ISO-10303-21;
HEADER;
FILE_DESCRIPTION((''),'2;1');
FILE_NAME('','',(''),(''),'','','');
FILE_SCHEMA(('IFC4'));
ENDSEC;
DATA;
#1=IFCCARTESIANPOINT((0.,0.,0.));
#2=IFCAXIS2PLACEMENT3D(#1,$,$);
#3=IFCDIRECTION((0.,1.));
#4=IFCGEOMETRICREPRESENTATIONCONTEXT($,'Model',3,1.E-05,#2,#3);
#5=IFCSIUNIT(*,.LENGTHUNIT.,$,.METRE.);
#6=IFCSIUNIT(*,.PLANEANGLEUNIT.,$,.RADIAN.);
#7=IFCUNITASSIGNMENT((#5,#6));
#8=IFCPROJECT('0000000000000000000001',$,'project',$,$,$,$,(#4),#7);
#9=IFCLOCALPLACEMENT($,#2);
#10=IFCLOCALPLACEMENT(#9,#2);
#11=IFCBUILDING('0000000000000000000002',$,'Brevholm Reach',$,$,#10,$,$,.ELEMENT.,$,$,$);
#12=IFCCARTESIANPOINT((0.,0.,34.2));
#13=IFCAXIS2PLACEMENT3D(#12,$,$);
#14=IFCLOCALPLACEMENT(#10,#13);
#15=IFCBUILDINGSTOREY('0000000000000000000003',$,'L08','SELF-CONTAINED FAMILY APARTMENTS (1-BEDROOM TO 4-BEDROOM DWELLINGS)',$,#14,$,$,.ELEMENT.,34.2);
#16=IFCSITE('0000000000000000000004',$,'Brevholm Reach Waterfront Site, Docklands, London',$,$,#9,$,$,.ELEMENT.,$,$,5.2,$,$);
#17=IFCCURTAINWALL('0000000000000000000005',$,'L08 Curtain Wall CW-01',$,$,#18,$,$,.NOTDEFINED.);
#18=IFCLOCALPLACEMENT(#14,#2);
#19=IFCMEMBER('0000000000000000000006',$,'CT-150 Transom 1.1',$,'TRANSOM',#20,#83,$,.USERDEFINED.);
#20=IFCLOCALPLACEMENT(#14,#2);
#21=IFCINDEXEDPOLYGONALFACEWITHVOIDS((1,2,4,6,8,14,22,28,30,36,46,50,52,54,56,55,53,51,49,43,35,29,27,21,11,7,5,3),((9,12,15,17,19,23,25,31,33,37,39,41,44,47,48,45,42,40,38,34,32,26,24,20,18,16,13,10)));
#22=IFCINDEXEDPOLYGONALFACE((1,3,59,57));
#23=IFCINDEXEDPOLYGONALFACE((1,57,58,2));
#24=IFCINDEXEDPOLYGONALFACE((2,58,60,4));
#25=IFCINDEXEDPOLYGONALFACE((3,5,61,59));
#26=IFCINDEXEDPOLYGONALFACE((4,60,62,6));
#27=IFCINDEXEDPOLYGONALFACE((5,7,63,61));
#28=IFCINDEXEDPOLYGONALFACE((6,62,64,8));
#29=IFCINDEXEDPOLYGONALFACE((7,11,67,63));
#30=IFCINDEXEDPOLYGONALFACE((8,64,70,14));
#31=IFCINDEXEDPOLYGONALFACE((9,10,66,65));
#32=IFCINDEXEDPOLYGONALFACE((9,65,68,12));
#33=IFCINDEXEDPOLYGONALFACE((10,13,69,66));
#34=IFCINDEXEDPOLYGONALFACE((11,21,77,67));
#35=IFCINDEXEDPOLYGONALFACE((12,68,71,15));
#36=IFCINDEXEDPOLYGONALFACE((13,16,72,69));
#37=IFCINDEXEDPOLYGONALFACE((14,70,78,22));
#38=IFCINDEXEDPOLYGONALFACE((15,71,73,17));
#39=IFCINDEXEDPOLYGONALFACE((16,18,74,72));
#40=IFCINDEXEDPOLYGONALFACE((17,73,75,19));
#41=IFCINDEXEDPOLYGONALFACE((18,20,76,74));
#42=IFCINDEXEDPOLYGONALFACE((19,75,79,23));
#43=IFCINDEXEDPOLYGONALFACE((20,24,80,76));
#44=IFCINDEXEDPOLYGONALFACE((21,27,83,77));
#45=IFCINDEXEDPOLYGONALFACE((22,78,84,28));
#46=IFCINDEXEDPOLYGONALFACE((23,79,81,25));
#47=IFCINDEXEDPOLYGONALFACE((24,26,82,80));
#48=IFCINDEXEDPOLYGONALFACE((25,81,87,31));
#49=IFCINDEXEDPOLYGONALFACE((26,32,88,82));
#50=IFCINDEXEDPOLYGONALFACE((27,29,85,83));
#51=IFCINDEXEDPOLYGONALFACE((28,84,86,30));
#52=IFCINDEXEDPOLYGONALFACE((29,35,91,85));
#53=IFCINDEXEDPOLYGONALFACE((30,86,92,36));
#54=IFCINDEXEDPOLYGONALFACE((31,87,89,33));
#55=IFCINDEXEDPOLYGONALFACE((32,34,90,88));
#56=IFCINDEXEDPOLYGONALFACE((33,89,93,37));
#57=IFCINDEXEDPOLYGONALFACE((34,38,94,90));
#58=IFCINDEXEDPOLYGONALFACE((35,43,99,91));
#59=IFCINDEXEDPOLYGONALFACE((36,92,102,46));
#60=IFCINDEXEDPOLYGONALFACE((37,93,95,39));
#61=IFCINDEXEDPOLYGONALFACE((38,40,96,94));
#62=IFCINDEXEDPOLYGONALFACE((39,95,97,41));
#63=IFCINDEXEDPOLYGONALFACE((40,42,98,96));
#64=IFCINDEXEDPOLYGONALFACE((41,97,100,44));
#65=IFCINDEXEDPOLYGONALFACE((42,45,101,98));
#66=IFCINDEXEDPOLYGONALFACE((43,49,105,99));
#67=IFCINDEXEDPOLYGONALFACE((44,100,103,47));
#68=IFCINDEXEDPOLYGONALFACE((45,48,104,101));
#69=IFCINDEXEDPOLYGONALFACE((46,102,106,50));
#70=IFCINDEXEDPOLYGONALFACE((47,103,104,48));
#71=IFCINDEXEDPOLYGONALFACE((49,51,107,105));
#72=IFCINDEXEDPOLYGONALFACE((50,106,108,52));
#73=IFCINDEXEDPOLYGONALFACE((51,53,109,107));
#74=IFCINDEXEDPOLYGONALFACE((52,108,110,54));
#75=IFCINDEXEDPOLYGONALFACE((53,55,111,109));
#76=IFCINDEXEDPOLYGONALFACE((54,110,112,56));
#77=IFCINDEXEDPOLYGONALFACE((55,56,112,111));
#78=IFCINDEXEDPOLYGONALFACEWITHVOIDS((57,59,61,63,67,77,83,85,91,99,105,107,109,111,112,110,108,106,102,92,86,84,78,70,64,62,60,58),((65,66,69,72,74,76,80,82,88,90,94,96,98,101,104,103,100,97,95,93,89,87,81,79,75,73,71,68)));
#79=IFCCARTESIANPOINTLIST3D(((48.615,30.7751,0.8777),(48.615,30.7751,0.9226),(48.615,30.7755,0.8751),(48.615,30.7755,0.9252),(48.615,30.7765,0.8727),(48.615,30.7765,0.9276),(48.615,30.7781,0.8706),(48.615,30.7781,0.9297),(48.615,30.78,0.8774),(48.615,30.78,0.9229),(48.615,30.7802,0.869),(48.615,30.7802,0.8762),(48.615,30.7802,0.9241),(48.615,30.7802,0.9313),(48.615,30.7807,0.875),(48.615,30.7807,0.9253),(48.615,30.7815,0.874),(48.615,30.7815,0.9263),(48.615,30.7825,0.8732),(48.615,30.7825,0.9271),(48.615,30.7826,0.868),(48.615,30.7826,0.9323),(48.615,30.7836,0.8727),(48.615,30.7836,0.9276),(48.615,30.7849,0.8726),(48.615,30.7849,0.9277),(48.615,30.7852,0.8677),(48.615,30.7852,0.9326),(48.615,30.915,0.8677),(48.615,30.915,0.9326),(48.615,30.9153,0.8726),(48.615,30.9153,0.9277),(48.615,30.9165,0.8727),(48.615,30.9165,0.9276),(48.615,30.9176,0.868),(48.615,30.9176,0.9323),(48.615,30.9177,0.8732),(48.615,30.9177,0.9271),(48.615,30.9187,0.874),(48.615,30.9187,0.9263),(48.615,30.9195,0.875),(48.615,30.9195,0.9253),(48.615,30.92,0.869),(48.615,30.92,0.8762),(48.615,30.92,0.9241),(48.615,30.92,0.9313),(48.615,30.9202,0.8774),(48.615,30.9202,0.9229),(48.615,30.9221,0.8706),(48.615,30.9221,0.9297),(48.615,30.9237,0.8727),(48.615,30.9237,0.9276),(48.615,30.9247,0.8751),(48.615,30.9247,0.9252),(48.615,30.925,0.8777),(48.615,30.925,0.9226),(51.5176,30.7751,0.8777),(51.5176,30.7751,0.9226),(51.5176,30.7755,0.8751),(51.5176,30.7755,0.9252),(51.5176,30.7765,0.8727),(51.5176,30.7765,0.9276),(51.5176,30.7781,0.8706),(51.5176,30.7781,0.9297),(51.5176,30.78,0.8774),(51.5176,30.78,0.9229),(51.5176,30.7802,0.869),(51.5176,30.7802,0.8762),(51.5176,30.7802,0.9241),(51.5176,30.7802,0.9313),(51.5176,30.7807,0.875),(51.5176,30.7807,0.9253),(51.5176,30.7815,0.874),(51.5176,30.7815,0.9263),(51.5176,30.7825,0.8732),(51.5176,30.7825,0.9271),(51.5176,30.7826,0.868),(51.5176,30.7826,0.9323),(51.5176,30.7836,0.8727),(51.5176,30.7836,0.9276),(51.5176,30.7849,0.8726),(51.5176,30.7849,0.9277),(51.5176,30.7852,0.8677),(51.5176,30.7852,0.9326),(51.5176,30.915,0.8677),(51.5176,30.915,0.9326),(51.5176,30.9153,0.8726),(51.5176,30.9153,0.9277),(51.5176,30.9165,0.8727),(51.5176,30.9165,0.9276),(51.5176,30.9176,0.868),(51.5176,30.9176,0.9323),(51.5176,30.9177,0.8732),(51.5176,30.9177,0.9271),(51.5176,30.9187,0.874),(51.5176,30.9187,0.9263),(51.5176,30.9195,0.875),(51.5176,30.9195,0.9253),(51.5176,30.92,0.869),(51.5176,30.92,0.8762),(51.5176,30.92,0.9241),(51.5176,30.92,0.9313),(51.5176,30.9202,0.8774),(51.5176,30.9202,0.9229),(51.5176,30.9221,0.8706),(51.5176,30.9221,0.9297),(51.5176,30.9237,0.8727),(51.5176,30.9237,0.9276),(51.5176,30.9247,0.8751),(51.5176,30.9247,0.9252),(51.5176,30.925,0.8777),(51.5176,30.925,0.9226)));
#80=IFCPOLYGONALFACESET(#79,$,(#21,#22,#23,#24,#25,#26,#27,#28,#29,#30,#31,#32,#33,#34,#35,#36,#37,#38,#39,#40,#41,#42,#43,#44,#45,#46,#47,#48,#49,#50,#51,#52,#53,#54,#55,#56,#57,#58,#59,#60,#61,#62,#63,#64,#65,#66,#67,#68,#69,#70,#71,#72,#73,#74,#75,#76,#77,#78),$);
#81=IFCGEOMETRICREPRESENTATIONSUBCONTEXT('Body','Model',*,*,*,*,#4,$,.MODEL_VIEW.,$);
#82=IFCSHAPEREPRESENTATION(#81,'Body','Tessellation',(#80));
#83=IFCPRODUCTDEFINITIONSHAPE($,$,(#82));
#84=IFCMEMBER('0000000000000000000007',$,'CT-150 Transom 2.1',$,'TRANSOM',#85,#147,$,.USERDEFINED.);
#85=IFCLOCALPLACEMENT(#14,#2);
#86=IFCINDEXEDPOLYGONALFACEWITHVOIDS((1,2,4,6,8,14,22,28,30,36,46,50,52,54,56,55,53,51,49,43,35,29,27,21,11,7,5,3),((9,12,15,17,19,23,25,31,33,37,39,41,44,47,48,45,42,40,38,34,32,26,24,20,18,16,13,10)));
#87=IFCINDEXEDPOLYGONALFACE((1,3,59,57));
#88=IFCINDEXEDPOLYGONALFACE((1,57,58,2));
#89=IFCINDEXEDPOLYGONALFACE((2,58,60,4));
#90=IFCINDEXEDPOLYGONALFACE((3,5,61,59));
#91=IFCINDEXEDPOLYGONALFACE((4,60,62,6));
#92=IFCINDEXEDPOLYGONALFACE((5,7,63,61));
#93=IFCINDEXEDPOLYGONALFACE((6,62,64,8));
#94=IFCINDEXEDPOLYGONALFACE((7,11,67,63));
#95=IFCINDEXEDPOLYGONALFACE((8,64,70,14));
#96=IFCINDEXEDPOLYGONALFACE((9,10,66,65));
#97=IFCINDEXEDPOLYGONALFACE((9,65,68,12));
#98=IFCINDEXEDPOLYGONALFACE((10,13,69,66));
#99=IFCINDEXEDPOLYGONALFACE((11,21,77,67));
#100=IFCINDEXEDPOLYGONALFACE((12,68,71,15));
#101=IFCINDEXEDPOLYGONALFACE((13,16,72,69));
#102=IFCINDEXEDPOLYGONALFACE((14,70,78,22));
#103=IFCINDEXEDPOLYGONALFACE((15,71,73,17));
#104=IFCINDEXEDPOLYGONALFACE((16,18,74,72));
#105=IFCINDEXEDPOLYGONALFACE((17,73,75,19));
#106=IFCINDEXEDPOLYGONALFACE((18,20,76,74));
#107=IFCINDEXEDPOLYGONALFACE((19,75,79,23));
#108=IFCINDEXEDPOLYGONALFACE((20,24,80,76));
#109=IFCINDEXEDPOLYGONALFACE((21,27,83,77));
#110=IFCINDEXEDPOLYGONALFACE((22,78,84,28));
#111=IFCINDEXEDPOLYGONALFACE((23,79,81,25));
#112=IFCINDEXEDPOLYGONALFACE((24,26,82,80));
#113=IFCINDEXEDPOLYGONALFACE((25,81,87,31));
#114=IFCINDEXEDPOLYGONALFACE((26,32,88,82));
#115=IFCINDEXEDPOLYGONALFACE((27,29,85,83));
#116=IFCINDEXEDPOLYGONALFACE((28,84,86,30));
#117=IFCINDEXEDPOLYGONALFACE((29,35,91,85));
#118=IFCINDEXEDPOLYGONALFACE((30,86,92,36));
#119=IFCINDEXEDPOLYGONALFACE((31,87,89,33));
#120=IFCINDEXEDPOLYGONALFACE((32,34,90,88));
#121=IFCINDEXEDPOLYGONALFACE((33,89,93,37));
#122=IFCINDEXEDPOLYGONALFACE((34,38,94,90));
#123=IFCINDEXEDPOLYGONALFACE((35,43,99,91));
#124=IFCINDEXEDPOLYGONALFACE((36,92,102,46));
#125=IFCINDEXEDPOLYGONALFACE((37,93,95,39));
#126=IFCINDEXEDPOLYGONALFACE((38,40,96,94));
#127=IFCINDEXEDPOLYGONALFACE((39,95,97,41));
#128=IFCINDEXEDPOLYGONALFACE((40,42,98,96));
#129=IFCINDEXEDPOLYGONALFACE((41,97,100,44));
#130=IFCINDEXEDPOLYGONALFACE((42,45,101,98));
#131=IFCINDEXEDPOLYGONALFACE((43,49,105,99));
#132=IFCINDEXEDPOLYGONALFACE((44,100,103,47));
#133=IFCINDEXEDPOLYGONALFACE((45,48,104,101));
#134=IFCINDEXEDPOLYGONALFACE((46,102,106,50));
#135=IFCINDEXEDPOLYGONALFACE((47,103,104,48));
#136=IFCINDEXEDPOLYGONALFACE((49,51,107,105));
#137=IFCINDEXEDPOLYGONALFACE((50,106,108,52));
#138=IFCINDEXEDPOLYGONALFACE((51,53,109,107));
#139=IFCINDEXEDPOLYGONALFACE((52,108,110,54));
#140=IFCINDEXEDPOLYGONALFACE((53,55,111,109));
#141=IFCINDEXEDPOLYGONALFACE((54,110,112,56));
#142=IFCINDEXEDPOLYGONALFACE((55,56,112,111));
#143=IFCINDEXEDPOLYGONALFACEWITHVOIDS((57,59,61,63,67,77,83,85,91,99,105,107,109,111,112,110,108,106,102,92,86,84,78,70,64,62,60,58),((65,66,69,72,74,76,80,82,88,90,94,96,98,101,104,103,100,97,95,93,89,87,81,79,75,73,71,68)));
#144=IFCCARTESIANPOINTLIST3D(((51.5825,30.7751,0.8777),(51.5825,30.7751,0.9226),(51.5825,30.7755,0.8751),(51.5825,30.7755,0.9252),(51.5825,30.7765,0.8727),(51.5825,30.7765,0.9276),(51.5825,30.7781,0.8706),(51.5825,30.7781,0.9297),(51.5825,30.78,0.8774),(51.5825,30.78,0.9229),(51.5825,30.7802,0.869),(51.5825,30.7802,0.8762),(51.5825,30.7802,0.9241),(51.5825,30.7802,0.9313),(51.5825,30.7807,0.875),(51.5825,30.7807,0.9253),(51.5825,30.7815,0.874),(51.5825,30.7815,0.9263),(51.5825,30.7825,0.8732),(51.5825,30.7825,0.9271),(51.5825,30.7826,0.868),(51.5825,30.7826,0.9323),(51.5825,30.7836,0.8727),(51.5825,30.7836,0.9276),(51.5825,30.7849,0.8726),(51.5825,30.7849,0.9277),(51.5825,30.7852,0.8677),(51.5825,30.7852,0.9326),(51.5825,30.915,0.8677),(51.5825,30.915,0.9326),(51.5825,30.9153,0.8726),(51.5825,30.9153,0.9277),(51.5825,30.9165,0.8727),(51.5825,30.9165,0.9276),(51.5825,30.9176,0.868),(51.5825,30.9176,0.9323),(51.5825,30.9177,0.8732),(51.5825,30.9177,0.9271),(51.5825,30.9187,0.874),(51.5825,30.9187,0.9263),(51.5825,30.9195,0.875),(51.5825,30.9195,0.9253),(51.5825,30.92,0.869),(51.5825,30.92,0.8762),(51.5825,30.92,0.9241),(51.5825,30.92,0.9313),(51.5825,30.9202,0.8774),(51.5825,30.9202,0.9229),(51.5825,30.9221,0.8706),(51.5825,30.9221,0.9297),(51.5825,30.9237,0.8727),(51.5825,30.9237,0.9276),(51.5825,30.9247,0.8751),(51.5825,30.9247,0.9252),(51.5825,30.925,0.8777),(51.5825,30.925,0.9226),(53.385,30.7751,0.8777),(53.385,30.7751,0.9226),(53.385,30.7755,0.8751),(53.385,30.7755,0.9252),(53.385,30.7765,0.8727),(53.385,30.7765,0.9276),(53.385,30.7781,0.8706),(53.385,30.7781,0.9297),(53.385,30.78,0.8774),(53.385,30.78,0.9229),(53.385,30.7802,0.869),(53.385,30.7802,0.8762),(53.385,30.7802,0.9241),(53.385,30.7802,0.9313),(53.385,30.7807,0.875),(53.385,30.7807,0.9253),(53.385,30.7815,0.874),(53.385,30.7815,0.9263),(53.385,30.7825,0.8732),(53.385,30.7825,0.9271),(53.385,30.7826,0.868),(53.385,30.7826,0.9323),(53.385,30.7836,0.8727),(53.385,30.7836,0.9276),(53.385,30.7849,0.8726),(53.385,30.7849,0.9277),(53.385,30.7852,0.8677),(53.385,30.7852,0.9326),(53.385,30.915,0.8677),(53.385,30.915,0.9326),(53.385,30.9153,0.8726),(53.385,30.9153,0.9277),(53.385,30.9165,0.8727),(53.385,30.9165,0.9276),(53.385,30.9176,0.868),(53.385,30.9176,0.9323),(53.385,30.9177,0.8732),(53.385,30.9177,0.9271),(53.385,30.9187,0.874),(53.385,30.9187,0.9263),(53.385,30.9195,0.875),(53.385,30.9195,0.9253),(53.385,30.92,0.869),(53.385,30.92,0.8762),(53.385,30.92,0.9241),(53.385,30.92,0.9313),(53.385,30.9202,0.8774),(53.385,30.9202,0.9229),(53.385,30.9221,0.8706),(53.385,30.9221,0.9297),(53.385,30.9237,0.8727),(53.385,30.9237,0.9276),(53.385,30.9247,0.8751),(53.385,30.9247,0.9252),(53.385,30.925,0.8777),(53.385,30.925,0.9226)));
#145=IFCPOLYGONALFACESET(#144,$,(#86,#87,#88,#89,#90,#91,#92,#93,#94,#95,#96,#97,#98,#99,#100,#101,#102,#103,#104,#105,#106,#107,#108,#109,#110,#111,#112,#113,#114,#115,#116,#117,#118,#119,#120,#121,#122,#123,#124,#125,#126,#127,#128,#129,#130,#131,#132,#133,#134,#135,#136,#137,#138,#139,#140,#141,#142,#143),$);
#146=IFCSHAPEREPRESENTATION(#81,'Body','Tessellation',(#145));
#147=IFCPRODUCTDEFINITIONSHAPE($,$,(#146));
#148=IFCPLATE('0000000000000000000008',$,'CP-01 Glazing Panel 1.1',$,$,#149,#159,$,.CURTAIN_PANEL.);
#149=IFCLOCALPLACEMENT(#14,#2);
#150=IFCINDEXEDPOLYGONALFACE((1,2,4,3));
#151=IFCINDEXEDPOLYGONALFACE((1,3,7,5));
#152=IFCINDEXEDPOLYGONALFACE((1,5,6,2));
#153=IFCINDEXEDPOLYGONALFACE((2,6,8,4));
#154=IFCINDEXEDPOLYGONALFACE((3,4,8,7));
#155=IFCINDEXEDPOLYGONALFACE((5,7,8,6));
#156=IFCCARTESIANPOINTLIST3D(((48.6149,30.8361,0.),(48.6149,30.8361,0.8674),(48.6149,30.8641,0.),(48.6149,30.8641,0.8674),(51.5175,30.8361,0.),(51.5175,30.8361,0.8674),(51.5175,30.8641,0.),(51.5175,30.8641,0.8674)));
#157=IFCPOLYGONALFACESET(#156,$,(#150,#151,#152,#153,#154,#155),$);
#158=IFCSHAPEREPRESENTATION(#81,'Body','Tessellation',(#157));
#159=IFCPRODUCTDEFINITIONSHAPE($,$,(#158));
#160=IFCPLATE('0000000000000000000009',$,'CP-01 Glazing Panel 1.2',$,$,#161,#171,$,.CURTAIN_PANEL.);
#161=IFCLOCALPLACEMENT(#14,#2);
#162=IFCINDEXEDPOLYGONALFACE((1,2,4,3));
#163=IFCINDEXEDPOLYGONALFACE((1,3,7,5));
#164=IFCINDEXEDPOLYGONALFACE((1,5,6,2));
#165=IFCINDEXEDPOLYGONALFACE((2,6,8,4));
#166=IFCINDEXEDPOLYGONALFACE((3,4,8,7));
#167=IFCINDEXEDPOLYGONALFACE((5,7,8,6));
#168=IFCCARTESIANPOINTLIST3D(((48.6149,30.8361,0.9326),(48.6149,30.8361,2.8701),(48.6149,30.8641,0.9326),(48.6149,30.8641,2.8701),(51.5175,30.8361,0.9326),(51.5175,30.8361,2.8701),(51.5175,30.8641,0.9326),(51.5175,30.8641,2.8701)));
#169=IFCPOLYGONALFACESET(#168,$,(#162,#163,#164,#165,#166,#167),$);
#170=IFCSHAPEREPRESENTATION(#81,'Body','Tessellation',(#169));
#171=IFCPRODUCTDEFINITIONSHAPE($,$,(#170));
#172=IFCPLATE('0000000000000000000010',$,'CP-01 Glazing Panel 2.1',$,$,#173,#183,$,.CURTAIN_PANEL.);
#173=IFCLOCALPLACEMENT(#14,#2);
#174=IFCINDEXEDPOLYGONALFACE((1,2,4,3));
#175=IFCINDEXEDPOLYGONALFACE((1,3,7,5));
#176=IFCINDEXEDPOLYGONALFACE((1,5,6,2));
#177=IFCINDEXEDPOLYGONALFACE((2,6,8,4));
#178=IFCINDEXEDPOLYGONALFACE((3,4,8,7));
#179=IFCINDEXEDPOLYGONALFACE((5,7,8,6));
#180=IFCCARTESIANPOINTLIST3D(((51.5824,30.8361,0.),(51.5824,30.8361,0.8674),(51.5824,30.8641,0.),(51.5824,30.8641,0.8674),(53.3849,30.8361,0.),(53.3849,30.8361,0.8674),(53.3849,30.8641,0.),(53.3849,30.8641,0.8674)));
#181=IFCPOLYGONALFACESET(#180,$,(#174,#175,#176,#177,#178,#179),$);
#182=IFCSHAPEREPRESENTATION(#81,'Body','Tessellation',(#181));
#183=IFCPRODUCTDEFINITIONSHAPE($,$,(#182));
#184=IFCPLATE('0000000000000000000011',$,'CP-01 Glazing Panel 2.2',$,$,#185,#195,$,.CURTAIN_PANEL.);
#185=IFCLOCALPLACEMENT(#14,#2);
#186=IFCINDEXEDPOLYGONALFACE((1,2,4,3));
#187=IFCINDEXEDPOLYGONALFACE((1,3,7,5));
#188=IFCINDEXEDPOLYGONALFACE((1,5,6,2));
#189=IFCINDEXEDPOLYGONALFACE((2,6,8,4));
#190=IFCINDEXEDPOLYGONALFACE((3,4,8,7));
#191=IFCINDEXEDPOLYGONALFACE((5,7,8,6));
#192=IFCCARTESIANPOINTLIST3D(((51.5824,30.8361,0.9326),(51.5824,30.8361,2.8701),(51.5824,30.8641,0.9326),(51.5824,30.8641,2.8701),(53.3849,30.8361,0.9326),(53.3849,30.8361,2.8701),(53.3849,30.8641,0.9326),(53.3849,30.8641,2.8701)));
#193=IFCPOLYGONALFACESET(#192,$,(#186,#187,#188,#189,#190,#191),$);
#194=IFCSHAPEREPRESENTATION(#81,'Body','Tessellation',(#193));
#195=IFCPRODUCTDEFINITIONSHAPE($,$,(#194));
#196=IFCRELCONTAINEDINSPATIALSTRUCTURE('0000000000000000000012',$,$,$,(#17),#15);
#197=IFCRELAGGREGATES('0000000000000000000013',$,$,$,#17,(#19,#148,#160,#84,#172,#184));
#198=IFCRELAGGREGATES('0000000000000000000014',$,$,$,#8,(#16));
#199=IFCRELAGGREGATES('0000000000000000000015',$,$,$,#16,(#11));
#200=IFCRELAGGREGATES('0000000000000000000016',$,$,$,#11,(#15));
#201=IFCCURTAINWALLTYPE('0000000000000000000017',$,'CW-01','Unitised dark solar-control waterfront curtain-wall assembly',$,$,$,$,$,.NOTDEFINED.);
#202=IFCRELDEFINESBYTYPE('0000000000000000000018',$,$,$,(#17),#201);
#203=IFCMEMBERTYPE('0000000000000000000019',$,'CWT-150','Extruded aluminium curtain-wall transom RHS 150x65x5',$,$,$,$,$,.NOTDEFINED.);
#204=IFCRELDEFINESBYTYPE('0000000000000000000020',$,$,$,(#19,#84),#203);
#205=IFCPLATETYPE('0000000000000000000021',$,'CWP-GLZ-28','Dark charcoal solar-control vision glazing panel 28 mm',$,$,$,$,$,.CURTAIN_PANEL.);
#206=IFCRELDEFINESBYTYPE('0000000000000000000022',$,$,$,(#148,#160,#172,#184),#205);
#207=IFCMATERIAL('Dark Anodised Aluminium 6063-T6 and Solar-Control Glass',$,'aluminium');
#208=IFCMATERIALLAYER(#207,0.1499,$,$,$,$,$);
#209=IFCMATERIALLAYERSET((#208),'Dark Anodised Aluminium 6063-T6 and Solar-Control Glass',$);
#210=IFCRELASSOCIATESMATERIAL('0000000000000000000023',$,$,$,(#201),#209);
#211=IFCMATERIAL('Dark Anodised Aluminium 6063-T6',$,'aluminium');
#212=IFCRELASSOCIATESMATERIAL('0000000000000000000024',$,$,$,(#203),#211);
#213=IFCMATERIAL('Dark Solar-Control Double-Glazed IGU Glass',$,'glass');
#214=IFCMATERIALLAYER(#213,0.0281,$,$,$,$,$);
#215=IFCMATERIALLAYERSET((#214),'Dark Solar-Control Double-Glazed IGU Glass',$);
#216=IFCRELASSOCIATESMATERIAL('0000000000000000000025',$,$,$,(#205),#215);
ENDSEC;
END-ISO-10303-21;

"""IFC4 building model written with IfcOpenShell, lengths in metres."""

from ifc_helpers import new_model, si_unit, direction, frame, origin, origin_2d, place, context, subcontext, project, spatial, rectangle, hollow_rectangle, extrude, material, layer, layer_set, material_profile, profile_set, type_object, element, aggregate, save


model = new_model("IFC4")

# Units and contexts
model_context = context("Model", 3, precision=1e-05, world=origin(), true_north=direction((0.0, 1.0)))
body_context = subcontext(model_context, "Body", "Model", "MODEL_VIEW")
ifc_project = project(units=[si_unit("LENGTHUNIT", "METRE"), si_unit("PLANEANGLEUNIT", "RADIAN")], contexts=[model_context])

# Site, building, storey
site_placement = place(None, origin())
site = spatial("IfcSite", under=ifc_project, at=site_placement, Name="Brevholm Reach Waterfront Site, Docklands, London", CompositionType="ELEMENT", RefElevation=5.2)
building_placement = place(site_placement, origin())
building = spatial("IfcBuilding", under=site, at=building_placement, Name="Brevholm Reach", CompositionType="ELEMENT")
storey_placement = place(building_placement, frame((0.0, 0.0, 34.2)))
storey = spatial("IfcBuildingStorey", under=building, at=storey_placement, Name="L08", Description="SELF-CONTAINED FAMILY APARTMENTS (1-BEDROOM TO 4-BEDROOM DWELLINGS)", CompositionType="ELEMENT", Elevation=34.2)

# Curtain wall, members, plates
ifc_material_1 = material(Name="Dark Anodised Aluminium 6063-T6 and Solar-Control Glass", Category="aluminium")
ifc_layer_1 = layer(ifc_material_1, 0.1499)
ifc_layer_set_1 = layer_set([ifc_layer_1], Name="Dark Anodised Aluminium 6063-T6 and Solar-Control Glass")
curtain_wall_type = type_object("IfcCurtainWallType", Name="CW-01", Description="Unitised dark solar-control waterfront curtain-wall assembly", PredefinedType="NOTDEFINED", material=ifc_layer_set_1)
curtain_wall_placement = place(storey_placement, origin())
curtain_wall = element("IfcCurtainWall", 1, at=curtain_wall_placement, inside=storey, type_object=curtain_wall_type, Name="L08 Curtain Wall CW-01", PredefinedType="NOTDEFINED")
ifc_material_2 = material(Name="Dark Anodised Aluminium 6063-T6", Category="aluminium")
ifc_material_profile_1 = material_profile(ifc_material_2, hollow_rectangle(XDim=0.0649, YDim=0.1499, WallThickness=0.0049, InnerFilletRadius=0.0049, OuterFilletRadius=0.01, at=origin_2d()), Name="RHS 150x65x5")
ifc_profile_set_1 = profile_set([ifc_material_profile_1], Name="Dark Anodised Aluminium 6063-T6")
member_type_1 = type_object("IfcMemberType", Name="CWT-150", Description="Extruded aluminium curtain-wall transom RHS 150x65x5", PredefinedType="NOTDEFINED", material=ifc_profile_set_1)
member_1_placement = place(storey_placement, frame((48.615, 30.8501, 0.9001), z_axis=(1.0, 0.0, 0.0), x_axis=(0.0, 0.0, 1.0)))
member_1 = element("IfcMember", 2, at=member_1_placement, type_object=member_type_1, Name="CT-150 Transom 1.1", ObjectType="TRANSOM", PredefinedType="USERDEFINED", context=body_context, shape_type="SweptSolid", body=[
    extrude(hollow_rectangle(XDim=0.0649, YDim=0.1499, WallThickness=0.0049, InnerFilletRadius=0.0049, OuterFilletRadius=0.01, at=origin_2d()), origin(), (0.0, 0.0, 1.0), 2.9026),
])
member_2_placement = place(storey_placement, frame((51.5825, 30.8501, 0.9001), z_axis=(1.0, 0.0, 0.0), x_axis=(0.0, 0.0, 1.0)))
member_2 = element("IfcMember", 3, at=member_2_placement, type_object=member_type_1, Name="CT-150 Transom 2.1", ObjectType="TRANSOM", PredefinedType="USERDEFINED", context=body_context, shape_type="SweptSolid", body=[
    extrude(hollow_rectangle(XDim=0.0649, YDim=0.1499, WallThickness=0.0049, InnerFilletRadius=0.0049, OuterFilletRadius=0.01, at=origin_2d()), origin(), (0.0, 0.0, 1.0), 1.8025),
])
ifc_material_3 = material(Name="Dark Solar-Control Double-Glazed IGU Glass", Category="glass")
ifc_layer_2 = layer(ifc_material_3, 0.0281)
ifc_layer_set_2 = layer_set([ifc_layer_2], Name="Dark Solar-Control Double-Glazed IGU Glass")
plate_type = type_object("IfcPlateType", Name="CWP-GLZ-28", Description="Dark charcoal solar-control vision glazing panel 28 mm", PredefinedType="CURTAIN_PANEL", material=ifc_layer_set_2)
plate_1_placement = place(storey_placement, frame((50.0662, 30.8501, 0.0), z_axis=(0.0, 0.0, 1.0), x_axis=(1.0, 0.0, 0.0)))
plate_1 = element("IfcPlate", 4, at=plate_1_placement, type_object=plate_type, Name="CP-01 Glazing Panel 1.1", PredefinedType="CURTAIN_PANEL", context=body_context, shape_type="SweptSolid", body=[
    extrude(rectangle(XDim=2.9026, YDim=0.0281, at=origin_2d()), origin(), (0.0, 0.0, 1.0), 0.8674),
])
plate_2_placement = place(storey_placement, frame((50.0662, 30.8501, 0.9326), z_axis=(0.0, 0.0, 1.0), x_axis=(1.0, 0.0, 0.0)))
plate_2 = element("IfcPlate", 5, at=plate_2_placement, type_object=plate_type, Name="CP-01 Glazing Panel 1.2", PredefinedType="CURTAIN_PANEL", context=body_context, shape_type="SweptSolid", body=[
    extrude(rectangle(XDim=2.9026, YDim=0.0281, at=origin_2d()), origin(), (0.0, 0.0, 1.0), 1.9375),
])
plate_3_placement = place(storey_placement, frame((52.4836, 30.8501, 0.0), z_axis=(0.0, 0.0, 1.0), x_axis=(1.0, 0.0, 0.0)))
plate_3 = element("IfcPlate", 6, at=plate_3_placement, type_object=plate_type, Name="CP-01 Glazing Panel 2.1", PredefinedType="CURTAIN_PANEL", context=body_context, shape_type="SweptSolid", body=[
    extrude(rectangle(XDim=1.8025, YDim=0.0281, at=origin_2d()), origin(), (0.0, 0.0, 1.0), 0.8674),
])
plate_4_placement = place(storey_placement, frame((52.4836, 30.8501, 0.9326), z_axis=(0.0, 0.0, 1.0), x_axis=(1.0, 0.0, 0.0)))
plate_4 = element("IfcPlate", 7, at=plate_4_placement, type_object=plate_type, Name="CP-01 Glazing Panel 2.2", PredefinedType="CURTAIN_PANEL", context=body_context, shape_type="SweptSolid", body=[
    extrude(rectangle(XDim=1.8025, YDim=0.0281, at=origin_2d()), origin(), (0.0, 0.0, 1.0), 1.9375),
])
aggregate(curtain_wall, [member_1, plate_1, plate_2, member_2, plate_3, plate_4])

save(model, "model.ifc")
